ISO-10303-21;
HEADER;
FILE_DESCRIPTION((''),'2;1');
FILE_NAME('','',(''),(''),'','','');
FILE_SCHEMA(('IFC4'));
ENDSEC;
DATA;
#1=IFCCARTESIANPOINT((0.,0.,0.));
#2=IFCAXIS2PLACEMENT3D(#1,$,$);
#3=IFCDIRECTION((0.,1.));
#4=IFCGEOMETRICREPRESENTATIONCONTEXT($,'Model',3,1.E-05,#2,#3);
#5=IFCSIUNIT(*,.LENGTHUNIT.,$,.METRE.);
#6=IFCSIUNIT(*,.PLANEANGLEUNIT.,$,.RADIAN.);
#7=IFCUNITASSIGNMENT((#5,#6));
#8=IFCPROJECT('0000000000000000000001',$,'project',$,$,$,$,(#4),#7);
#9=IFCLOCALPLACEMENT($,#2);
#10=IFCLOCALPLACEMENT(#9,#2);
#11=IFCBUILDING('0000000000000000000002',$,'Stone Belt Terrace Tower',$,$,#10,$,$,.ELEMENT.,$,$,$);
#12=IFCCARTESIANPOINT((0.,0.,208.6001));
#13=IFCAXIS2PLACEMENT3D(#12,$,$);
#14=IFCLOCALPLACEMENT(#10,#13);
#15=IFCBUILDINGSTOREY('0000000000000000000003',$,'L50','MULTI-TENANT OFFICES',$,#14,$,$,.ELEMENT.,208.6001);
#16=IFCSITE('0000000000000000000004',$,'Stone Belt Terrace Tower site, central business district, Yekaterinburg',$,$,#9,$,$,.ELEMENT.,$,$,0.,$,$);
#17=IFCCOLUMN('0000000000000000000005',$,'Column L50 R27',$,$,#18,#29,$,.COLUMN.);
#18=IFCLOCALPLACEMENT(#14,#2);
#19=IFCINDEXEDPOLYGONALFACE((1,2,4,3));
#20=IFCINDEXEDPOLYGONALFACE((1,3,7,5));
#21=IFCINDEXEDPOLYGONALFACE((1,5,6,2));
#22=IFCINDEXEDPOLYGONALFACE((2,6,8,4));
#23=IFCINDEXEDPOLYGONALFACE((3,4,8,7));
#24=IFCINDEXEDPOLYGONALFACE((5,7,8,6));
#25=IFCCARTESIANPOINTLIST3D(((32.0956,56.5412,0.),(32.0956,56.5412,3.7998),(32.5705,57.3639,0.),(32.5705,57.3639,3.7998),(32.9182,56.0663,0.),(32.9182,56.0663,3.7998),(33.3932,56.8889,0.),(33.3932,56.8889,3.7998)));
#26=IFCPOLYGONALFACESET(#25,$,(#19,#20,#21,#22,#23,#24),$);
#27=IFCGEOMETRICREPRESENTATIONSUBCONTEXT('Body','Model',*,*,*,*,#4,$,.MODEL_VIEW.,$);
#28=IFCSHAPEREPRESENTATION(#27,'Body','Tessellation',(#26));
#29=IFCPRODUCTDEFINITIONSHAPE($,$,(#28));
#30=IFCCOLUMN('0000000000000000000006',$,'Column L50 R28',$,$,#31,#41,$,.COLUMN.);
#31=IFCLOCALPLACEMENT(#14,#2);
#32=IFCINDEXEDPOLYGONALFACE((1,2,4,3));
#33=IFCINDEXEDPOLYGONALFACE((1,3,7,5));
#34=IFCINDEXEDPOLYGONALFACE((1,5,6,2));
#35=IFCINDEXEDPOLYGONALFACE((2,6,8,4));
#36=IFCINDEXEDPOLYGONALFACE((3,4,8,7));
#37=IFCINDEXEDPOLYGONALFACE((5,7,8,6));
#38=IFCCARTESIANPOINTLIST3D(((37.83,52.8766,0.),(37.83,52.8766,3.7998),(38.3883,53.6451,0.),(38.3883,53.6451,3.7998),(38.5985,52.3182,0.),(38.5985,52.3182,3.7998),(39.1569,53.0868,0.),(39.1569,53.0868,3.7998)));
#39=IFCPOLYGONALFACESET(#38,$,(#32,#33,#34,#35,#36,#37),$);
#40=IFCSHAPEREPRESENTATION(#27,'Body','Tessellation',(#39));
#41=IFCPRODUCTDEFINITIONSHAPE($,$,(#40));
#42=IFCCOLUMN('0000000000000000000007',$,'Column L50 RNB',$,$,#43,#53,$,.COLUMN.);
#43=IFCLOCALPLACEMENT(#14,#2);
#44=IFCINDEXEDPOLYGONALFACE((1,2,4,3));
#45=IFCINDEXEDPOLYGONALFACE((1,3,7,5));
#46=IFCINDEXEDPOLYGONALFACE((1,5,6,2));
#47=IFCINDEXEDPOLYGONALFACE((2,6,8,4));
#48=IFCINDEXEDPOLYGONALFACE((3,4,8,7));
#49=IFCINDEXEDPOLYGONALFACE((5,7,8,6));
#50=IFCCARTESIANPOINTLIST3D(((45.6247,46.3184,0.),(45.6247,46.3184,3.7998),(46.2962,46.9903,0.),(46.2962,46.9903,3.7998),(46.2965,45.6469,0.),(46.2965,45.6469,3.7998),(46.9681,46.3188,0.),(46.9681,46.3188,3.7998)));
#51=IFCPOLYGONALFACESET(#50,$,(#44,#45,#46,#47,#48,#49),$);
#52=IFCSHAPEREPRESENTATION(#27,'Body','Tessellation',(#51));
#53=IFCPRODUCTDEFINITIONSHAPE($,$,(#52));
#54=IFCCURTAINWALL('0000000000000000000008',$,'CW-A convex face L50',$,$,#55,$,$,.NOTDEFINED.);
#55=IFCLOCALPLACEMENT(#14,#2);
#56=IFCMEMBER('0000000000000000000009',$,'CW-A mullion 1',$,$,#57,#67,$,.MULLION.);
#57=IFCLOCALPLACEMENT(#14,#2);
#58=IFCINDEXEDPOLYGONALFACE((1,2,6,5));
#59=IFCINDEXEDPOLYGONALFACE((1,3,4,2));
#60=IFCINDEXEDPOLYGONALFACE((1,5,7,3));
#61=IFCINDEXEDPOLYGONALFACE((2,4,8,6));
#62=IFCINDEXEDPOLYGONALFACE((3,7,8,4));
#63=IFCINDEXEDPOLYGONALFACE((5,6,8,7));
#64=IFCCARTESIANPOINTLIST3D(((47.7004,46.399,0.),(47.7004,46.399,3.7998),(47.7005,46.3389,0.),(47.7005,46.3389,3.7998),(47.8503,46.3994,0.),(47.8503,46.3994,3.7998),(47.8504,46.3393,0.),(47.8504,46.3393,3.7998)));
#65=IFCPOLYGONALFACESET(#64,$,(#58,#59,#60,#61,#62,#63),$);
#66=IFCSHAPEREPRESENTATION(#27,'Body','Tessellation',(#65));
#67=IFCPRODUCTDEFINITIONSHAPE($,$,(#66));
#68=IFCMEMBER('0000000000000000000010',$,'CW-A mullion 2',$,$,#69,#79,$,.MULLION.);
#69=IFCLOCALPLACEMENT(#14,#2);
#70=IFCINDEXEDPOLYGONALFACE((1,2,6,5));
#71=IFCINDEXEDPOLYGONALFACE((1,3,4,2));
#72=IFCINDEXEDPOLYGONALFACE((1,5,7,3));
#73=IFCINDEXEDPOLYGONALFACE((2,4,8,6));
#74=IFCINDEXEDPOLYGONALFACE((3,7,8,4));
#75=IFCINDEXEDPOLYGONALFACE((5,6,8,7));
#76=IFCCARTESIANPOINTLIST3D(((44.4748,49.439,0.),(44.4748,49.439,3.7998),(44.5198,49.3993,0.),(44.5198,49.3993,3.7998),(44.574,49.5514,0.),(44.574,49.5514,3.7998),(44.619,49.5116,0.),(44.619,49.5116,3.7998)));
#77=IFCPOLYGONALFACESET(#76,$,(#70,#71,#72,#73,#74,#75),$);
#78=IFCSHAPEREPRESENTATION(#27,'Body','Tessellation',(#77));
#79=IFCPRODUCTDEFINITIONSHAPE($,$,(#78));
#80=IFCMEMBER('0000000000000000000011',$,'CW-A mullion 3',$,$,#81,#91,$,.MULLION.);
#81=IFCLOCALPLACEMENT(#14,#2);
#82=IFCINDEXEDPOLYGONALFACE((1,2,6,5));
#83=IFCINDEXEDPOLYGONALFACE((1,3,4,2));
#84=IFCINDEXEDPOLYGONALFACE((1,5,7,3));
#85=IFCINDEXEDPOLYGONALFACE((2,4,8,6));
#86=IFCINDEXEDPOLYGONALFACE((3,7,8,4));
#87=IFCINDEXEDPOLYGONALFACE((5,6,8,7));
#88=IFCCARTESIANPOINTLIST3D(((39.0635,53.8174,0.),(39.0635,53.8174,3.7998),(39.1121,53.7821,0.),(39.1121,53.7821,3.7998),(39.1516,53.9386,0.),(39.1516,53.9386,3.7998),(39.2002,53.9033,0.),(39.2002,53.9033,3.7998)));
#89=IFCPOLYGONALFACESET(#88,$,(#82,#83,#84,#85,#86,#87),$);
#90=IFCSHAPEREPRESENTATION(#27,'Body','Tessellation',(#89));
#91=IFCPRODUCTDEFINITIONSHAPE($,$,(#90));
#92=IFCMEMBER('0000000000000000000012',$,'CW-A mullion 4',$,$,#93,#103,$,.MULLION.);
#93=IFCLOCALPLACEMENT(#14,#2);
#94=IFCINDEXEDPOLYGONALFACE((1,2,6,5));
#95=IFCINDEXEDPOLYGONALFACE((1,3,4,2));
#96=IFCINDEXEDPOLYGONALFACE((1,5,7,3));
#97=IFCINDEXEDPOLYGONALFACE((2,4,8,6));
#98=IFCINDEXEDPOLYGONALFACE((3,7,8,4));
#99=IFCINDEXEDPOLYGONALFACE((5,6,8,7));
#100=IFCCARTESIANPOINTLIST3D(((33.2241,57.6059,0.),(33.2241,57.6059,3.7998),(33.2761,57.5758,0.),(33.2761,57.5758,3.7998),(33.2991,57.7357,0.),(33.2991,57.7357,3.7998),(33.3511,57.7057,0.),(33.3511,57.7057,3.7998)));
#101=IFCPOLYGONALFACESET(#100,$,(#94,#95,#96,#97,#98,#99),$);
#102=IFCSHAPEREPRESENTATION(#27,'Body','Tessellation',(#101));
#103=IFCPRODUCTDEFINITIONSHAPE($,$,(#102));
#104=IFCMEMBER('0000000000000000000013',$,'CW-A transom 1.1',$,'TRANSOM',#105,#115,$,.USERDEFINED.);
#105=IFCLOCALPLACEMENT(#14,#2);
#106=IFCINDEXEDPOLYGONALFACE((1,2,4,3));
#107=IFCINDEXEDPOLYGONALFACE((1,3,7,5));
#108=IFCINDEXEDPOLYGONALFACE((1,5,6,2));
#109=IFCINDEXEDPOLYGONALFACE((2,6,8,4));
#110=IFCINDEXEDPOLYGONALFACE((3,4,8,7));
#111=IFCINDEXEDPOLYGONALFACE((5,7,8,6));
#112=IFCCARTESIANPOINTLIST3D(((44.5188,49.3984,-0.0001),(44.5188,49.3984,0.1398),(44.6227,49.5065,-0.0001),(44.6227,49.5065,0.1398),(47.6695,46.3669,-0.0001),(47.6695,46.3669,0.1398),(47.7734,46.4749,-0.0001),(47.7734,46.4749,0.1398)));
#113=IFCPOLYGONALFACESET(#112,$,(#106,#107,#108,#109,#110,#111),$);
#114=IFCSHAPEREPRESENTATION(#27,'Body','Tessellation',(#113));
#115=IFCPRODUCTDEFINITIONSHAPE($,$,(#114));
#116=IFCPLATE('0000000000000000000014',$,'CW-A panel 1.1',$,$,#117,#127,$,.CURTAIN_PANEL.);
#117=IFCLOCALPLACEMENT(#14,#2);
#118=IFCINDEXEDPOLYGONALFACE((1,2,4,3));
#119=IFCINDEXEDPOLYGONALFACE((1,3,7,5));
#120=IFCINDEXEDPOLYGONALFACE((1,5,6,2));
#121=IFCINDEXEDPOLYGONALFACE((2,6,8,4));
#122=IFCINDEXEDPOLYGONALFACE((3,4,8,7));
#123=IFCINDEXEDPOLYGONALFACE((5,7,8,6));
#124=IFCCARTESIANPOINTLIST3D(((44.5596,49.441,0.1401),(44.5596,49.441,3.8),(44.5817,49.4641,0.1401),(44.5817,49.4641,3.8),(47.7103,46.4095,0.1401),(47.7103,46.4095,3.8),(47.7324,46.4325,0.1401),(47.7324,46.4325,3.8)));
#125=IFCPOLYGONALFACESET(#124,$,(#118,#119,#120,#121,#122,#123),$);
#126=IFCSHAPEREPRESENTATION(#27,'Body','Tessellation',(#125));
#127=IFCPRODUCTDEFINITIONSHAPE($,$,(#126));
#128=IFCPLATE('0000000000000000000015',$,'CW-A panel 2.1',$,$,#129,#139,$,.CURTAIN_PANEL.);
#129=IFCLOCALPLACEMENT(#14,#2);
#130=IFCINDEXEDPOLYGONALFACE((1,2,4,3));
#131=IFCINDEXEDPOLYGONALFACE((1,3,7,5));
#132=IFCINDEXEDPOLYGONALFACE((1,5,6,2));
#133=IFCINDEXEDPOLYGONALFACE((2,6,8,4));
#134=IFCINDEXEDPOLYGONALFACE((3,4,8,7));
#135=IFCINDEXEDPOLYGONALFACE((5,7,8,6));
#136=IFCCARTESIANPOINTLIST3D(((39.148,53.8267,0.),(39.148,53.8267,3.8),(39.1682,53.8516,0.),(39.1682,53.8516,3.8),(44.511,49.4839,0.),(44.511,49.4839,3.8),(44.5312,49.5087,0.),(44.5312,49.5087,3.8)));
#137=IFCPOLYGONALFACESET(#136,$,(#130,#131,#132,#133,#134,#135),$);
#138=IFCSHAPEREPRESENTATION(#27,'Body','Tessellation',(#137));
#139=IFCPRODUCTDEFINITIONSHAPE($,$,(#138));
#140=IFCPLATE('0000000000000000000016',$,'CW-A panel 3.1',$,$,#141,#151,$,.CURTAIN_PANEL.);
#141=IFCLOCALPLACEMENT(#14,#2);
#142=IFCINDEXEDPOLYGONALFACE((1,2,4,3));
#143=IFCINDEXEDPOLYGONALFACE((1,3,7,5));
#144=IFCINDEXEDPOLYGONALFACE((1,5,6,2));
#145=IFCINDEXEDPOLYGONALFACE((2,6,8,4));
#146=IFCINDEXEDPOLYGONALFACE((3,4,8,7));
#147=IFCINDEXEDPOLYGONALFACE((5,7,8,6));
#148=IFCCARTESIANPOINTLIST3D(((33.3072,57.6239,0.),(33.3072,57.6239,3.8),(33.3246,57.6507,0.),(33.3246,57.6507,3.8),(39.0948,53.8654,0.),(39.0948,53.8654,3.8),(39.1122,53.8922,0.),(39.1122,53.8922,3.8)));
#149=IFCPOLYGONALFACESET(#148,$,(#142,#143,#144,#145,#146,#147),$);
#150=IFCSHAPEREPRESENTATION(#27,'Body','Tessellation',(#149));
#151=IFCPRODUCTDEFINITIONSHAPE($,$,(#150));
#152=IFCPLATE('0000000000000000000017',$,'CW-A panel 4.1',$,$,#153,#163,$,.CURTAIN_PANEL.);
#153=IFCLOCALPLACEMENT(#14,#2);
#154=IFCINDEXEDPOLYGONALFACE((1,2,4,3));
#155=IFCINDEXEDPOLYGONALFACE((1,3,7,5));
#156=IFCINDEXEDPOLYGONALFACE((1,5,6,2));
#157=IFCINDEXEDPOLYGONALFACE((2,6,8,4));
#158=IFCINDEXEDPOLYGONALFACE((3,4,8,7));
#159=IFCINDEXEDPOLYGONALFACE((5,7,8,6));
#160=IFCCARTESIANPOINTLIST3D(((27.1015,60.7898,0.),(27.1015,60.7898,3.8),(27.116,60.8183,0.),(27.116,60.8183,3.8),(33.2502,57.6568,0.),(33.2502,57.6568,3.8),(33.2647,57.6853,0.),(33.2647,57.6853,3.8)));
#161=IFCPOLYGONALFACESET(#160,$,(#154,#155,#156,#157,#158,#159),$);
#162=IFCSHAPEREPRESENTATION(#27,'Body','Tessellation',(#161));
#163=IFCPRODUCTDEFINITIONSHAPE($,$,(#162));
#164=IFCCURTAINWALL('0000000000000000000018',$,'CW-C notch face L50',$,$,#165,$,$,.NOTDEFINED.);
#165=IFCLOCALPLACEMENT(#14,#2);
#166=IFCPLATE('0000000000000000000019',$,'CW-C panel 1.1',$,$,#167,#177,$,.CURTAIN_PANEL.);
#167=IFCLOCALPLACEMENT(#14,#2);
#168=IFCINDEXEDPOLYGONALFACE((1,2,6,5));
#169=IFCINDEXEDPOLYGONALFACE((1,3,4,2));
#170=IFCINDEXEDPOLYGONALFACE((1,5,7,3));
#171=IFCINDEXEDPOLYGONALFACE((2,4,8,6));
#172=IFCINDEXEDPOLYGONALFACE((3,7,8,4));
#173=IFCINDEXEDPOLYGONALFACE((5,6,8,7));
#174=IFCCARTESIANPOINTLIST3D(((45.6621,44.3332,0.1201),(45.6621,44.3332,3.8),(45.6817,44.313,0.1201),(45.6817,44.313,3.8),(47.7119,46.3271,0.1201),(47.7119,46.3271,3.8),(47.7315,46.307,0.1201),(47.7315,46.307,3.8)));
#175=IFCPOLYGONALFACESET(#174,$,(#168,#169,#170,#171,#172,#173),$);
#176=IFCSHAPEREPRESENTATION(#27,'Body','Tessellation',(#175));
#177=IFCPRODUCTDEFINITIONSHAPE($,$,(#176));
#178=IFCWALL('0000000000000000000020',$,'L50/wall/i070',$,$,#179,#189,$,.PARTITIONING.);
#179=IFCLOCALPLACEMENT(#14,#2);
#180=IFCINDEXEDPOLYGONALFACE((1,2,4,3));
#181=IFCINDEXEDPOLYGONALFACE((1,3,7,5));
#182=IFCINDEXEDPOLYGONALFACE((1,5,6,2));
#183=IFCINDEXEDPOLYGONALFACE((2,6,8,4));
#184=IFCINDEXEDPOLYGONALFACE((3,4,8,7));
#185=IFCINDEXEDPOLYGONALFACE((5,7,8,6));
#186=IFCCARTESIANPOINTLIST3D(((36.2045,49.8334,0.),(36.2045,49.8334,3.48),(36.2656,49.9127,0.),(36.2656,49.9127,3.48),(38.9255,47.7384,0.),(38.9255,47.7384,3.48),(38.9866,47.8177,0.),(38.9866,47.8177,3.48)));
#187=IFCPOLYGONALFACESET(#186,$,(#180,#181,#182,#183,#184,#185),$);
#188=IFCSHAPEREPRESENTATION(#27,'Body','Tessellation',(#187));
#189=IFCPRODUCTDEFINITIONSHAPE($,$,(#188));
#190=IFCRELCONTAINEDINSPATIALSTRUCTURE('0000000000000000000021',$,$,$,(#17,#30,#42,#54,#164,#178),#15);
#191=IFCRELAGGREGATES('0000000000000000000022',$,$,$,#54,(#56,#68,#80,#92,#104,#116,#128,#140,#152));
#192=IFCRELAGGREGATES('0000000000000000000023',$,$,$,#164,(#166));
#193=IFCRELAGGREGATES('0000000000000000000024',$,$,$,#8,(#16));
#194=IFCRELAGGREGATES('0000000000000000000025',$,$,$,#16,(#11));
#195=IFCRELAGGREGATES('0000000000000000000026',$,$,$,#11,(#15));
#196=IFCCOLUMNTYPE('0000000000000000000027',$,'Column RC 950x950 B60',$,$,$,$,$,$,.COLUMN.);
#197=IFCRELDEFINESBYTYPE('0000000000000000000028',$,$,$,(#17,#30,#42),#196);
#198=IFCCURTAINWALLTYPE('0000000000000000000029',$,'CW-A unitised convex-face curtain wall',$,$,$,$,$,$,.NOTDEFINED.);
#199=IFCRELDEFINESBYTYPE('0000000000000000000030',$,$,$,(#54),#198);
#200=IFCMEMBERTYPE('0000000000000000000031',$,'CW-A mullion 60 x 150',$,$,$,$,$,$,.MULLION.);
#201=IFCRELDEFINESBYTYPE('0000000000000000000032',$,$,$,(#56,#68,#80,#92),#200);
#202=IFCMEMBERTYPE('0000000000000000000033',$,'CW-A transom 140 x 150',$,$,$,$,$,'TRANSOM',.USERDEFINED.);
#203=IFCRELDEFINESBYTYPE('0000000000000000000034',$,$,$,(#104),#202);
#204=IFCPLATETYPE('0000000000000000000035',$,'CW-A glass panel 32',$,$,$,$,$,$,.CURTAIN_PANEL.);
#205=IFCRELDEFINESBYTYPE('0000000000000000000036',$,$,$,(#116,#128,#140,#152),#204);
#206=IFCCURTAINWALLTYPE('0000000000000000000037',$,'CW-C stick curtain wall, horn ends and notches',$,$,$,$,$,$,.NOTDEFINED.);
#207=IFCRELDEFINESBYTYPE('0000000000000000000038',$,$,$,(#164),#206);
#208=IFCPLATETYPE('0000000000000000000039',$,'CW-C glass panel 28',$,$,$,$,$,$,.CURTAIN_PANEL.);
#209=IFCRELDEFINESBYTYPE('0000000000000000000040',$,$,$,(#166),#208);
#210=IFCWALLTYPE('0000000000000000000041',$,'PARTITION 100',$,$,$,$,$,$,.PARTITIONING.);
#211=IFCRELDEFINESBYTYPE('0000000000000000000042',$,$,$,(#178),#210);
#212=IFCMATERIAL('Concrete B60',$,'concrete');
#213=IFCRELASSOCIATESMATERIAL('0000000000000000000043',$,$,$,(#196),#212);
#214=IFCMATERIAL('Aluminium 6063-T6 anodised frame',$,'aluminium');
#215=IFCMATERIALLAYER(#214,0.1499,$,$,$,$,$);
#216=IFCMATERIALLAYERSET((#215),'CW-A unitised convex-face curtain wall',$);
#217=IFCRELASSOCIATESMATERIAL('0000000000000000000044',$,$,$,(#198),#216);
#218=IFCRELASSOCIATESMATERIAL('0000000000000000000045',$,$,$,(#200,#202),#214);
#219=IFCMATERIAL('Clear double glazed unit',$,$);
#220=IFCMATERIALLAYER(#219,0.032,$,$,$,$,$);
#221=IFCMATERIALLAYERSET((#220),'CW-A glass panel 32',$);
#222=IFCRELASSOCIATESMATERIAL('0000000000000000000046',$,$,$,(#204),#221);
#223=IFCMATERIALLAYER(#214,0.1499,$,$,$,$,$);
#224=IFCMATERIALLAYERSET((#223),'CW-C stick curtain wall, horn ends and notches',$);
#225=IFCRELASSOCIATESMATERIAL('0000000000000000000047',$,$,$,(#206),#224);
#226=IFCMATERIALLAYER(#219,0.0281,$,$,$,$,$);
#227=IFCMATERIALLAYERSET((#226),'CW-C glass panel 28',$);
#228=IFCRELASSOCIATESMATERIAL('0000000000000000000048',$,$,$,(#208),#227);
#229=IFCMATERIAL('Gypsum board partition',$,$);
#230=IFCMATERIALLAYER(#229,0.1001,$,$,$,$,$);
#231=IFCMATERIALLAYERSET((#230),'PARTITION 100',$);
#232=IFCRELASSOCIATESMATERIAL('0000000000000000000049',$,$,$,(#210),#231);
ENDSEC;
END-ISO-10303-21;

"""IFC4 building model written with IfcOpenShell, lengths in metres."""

from ifc_helpers import new_model, si_unit, direction, frame, frame_2d, origin, origin_2d, place, context, subcontext, project, spatial, rectangle, extrude, material, layer, layer_set, material_profile, profile_set, type_object, element, aggregate, save


model = new_model("IFC4")

# Units and contexts
model_context = context("Model", 3, precision=1e-05, world=origin(), true_north=direction((0.0, 1.0)))
body_context = subcontext(model_context, "Body", "Model", "MODEL_VIEW")
ifc_project = project(units=[si_unit("LENGTHUNIT", "METRE"), si_unit("PLANEANGLEUNIT", "RADIAN")], contexts=[model_context])

# Site, building, storey
site_placement = place(None, origin())
site = spatial("IfcSite", under=ifc_project, at=site_placement, Name="Stone Belt Terrace Tower site, central business district, Yekaterinburg", CompositionType="ELEMENT", RefElevation=0.0)
building_placement = place(site_placement, origin())
building = spatial("IfcBuilding", under=site, at=building_placement, Name="Stone Belt Terrace Tower", CompositionType="ELEMENT")
storey_placement = place(building_placement, frame((0.0, 0.0, 208.6001)))
storey = spatial("IfcBuildingStorey", under=building, at=storey_placement, Name="L50", Description="MULTI-TENANT OFFICES", CompositionType="ELEMENT", Elevation=208.6001)

# Columns
ifc_material_1 = material(Name="Concrete B60", Category="concrete")
ifc_material_profile_1 = material_profile(ifc_material_1, rectangle(XDim=0.95, YDim=0.95, at=origin_2d()), Name="RC 950x950")
ifc_profile_set_1 = profile_set([ifc_material_profile_1], Name="Concrete B60")
column_type = type_object("IfcColumnType", Name="Column RC 950x950 B60", PredefinedType="COLUMN", material=ifc_profile_set_1)
for number, where, z_axis, x_axis, name in (
    (1, (32.7444, 56.7151, 0.0), (0.0, 0.0, 1.0), (0.866025, -0.5, 0.0), "Column L50 R27"),
    (2, (38.4934, 52.9817, 0.0), (0.0, 0.0, 1.0), (0.809017, -0.587785, 0.0), "Column L50 R28"),
    (3, (46.2964, 46.3186, 0.0), (0.0, 0.0, 1.0), (0.707276, -0.706938, 0.0), "Column L50 RNB"),
):
    element("IfcColumn", number, at=place(storey_placement, frame(where, z_axis=z_axis, x_axis=x_axis)), inside=storey, type_object=column_type, Name=name, PredefinedType="COLUMN", context=body_context, shape_type="SweptSolid", body=[
        extrude(rectangle(XDim=0.95, YDim=0.95, at=origin_2d()), origin(), (0.0, 0.0, 1.0), 3.7998),
    ])

# Curtain wall, members, plates
ifc_material_2 = material(Name="Aluminium 6063-T6 anodised frame", Category="aluminium")
ifc_layer_1 = layer(ifc_material_2, 0.1499)
ifc_layer_set_1 = layer_set([ifc_layer_1], Name="CW-A unitised convex-face curtain wall")
curtain_wall_type_1 = type_object("IfcCurtainWallType", Name="CW-A unitised convex-face curtain wall", PredefinedType="NOTDEFINED", material=ifc_layer_set_1)
curtain_wall_1_placement = place(storey_placement, origin())
curtain_wall_1 = element("IfcCurtainWall", 4, at=curtain_wall_1_placement, inside=storey, type_object=curtain_wall_type_1, Name="CW-A convex face L50", PredefinedType="NOTDEFINED")
ifc_material_profile_2 = material_profile(ifc_material_2, rectangle(XDim=0.1499, YDim=0.0601, at=origin_2d()), Name="Aluminium 6063-T6 60x150")
ifc_profile_set_2 = profile_set([ifc_material_profile_2], Name="Aluminium 6063-T6 anodised frame")
member_type_1 = type_object("IfcMemberType", Name="CW-A mullion 60 x 150", PredefinedType="MULLION", material=ifc_profile_set_2)
member_1_placement = place(storey_placement, frame((47.7754, 46.3691, 0.0), z_axis=(0.0, 0.0, 1.0), x_axis=(-0.999996, -0.002733, 0.0)))
member_1 = element("IfcMember", 5, at=member_1_placement, type_object=member_type_1, Name="CW-A mullion 1", PredefinedType="MULLION", context=body_context, shape_type="SweptSolid", body=[
    extrude(rectangle(XDim=0.1499, YDim=0.0601, at=origin_2d()), origin(), (0.0, 0.0, 1.0), 3.7998),
])
member_2_placement = place(storey_placement, frame((44.5469, 49.4753, 0.0), z_axis=(0.0, 0.0, 1.0), x_axis=(-0.661937, -0.749559, 0.0)))
member_2 = element("IfcMember", 6, at=member_2_placement, type_object=member_type_1, Name="CW-A mullion 2", PredefinedType="MULLION", context=body_context, shape_type="SweptSolid", body=[
    extrude(rectangle(XDim=0.1499, YDim=0.0601, at=origin_2d()), origin(), (0.0, 0.0, 1.0), 3.7998),
])
member_3_placement = place(storey_placement, frame((39.1318, 53.8604, 0.0), z_axis=(0.0, 0.0, 1.0), x_axis=(-0.587785, -0.809017, 0.0)))
member_3 = element("IfcMember", 7, at=member_3_placement, type_object=member_type_1, Name="CW-A mullion 3", PredefinedType="MULLION", context=body_context, shape_type="SweptSolid", body=[
    extrude(rectangle(XDim=0.1499, YDim=0.0601, at=origin_2d()), origin(), (0.0, 0.0, 1.0), 3.7998),
])
member_4_placement = place(storey_placement, frame((33.2876, 57.6558, 0.0), z_axis=(0.0, 0.0, 1.0), x_axis=(-0.5, -0.866025, 0.0)))
member_4 = element("IfcMember", 8, at=member_4_placement, type_object=member_type_1, Name="CW-A mullion 4", PredefinedType="MULLION", context=body_context, shape_type="SweptSolid", body=[
    extrude(rectangle(XDim=0.1499, YDim=0.0601, at=origin_2d()), origin(), (0.0, 0.0, 1.0), 3.7998),
])
ifc_material_profile_3 = material_profile(ifc_material_2, rectangle(XDim=0.1499, YDim=0.1399, at=origin_2d()), Name="Aluminium 6063-T6 150x140")
ifc_profile_set_3 = profile_set([ifc_material_profile_3], Name="Aluminium 6063-T6 anodised frame")
member_type_2 = type_object("IfcMemberType", Name="CW-A transom 140 x 150", ElementType="TRANSOM", PredefinedType="USERDEFINED", material=ifc_profile_set_3)
member_5_placement = place(storey_placement, frame((47.7214, 46.4209, 0.0698), z_axis=(-0.7206, 0.693351, 0.0), x_axis=(-0.693351, -0.7206, 0.0)))
member_5 = element("IfcMember", 9, at=member_5_placement, type_object=member_type_2, Name="CW-A transom 1.1", ObjectType="TRANSOM", PredefinedType="USERDEFINED", context=body_context, shape_type="SweptSolid", body=[
    extrude(rectangle(XDim=0.1499, YDim=0.1399, at=origin_2d()), origin(), (0.0, 0.0, 1.0), 4.3723),
])
ifc_material_3 = material(Name="Clear double glazed unit")
ifc_layer_2 = layer(ifc_material_3, 0.032)
ifc_layer_set_2 = layer_set([ifc_layer_2], Name="CW-A glass panel 32")
plate_type_1 = type_object("IfcPlateType", Name="CW-A glass panel 32", PredefinedType="CURTAIN_PANEL", material=ifc_layer_set_2)
plate_1_placement = place(storey_placement, frame((46.146, 47.9368, 0.1401), z_axis=(0.0, 0.0, 1.0), x_axis=(-0.720604, 0.693346, 0.0)))
plate_1 = element("IfcPlate", 10, at=plate_1_placement, type_object=plate_type_1, Name="CW-A panel 1.1", PredefinedType="CURTAIN_PANEL", context=body_context, shape_type="SweptSolid", body=[
    extrude(rectangle(XDim=4.3723, YDim=0.032, at=origin_2d()), origin(), (0.0, 0.0, 1.0), 3.6599),
])
plate_2_placement = place(storey_placement, frame((41.8396, 51.6677, 0.0), z_axis=(0.0, 0.0, 1.0), x_axis=(-0.777146, 0.62932, 0.0)))
plate_2 = element("IfcPlate", 11, at=plate_2_placement, type_object=plate_type_1, Name="CW-A panel 2.1", PredefinedType="CURTAIN_PANEL", context=body_context, shape_type="SweptSolid", body=[
    extrude(rectangle(XDim=6.9009, YDim=0.032, at=origin_2d()), origin(), (0.0, 0.0, 1.0), 3.8),
])
plate_3_placement = place(storey_placement, frame((36.2097, 55.7581, 0.0), z_axis=(0.0, 0.0, 1.0), x_axis=(-0.838671, 0.544639, 0.0)))
plate_3 = element("IfcPlate", 12, at=plate_3_placement, type_object=plate_type_1, Name="CW-A panel 3.1", PredefinedType="CURTAIN_PANEL", context=body_context, shape_type="SweptSolid", body=[
    extrude(rectangle(XDim=6.9009, YDim=0.032, at=origin_2d()), origin(), (0.0, 0.0, 1.0), 3.8),
])
plate_4_placement = place(storey_placement, frame((30.1831, 59.2375, 0.0), z_axis=(0.0, 0.0, 1.0), x_axis=(-0.891007, 0.45399, 0.0)))
plate_4 = element("IfcPlate", 13, at=plate_4_placement, type_object=plate_type_1, Name="CW-A panel 4.1", PredefinedType="CURTAIN_PANEL", context=body_context, shape_type="SweptSolid", body=[
    extrude(rectangle(XDim=6.9009, YDim=0.032, at=origin_2d()), origin(), (0.0, 0.0, 1.0), 3.8),
])
aggregate(curtain_wall_1, [member_1, member_2, member_3, member_4, member_5, plate_1, plate_2, plate_3, plate_4])

# Curtain wall, plate
ifc_layer_3 = layer(ifc_material_2, 0.1499)
ifc_layer_set_3 = layer_set([ifc_layer_3], Name="CW-C stick curtain wall, horn ends and notches")
curtain_wall_type_2 = type_object("IfcCurtainWallType", Name="CW-C stick curtain wall, horn ends and notches", PredefinedType="NOTDEFINED", material=ifc_layer_set_3)
curtain_wall_2_placement = place(storey_placement, origin())
curtain_wall_2 = element("IfcCurtainWall", 14, at=curtain_wall_2_placement, inside=storey, type_object=curtain_wall_type_2, Name="CW-C notch face L50", PredefinedType="NOTDEFINED")
ifc_layer_4 = layer(ifc_material_3, 0.0281)
ifc_layer_set_4 = layer_set([ifc_layer_4], Name="CW-C glass panel 28")
plate_type_2 = type_object("IfcPlateType", Name="CW-C glass panel 28", PredefinedType="CURTAIN_PANEL", material=ifc_layer_set_4)
plate_5_placement = place(storey_placement, frame((46.6968, 45.3201, 0.1201), z_axis=(0.0, 0.0, 1.0), x_axis=(0.716803, 0.697275, 0.0)))
plate_5 = element("IfcPlate", 15, at=plate_5_placement, type_object=plate_type_2, Name="CW-C panel 1.1", PredefinedType="CURTAIN_PANEL", context=body_context, shape_type="SweptSolid", body=[
    extrude(rectangle(XDim=2.8596, YDim=0.0281, at=origin_2d()), origin(), (0.0, 0.0, 1.0), 3.6799),
])
aggregate(curtain_wall_2, [plate_5])

# Wall
ifc_material_4 = material(Name="Gypsum board partition")
ifc_layer_5 = layer(ifc_material_4, 0.1001)
ifc_layer_set_5 = layer_set([ifc_layer_5], Name="PARTITION 100")
wall_type_1 = type_object("IfcWallType", Name="PARTITION 100", PredefinedType="PARTITIONING", material=ifc_layer_set_5)
wall_1_placement = place(storey_placement, frame((38.9561, 47.7781, 0.0), z_axis=(0.0, 0.0, 1.0), x_axis=(-0.792352, 0.610065, 0.0)))
element("IfcWall", 16, at=wall_1_placement, inside=storey, type_object=wall_type_1, Name="L50/wall/i070", PredefinedType="PARTITIONING", context=body_context, shape_type="SweptSolid", body=[
    extrude(rectangle(XDim=3.4341, YDim=0.1001, at=frame_2d((1.717, 0.0))), origin(), (0.0, 0.0, 1.0), 3.48),
])

save(model, "model.ifc")
